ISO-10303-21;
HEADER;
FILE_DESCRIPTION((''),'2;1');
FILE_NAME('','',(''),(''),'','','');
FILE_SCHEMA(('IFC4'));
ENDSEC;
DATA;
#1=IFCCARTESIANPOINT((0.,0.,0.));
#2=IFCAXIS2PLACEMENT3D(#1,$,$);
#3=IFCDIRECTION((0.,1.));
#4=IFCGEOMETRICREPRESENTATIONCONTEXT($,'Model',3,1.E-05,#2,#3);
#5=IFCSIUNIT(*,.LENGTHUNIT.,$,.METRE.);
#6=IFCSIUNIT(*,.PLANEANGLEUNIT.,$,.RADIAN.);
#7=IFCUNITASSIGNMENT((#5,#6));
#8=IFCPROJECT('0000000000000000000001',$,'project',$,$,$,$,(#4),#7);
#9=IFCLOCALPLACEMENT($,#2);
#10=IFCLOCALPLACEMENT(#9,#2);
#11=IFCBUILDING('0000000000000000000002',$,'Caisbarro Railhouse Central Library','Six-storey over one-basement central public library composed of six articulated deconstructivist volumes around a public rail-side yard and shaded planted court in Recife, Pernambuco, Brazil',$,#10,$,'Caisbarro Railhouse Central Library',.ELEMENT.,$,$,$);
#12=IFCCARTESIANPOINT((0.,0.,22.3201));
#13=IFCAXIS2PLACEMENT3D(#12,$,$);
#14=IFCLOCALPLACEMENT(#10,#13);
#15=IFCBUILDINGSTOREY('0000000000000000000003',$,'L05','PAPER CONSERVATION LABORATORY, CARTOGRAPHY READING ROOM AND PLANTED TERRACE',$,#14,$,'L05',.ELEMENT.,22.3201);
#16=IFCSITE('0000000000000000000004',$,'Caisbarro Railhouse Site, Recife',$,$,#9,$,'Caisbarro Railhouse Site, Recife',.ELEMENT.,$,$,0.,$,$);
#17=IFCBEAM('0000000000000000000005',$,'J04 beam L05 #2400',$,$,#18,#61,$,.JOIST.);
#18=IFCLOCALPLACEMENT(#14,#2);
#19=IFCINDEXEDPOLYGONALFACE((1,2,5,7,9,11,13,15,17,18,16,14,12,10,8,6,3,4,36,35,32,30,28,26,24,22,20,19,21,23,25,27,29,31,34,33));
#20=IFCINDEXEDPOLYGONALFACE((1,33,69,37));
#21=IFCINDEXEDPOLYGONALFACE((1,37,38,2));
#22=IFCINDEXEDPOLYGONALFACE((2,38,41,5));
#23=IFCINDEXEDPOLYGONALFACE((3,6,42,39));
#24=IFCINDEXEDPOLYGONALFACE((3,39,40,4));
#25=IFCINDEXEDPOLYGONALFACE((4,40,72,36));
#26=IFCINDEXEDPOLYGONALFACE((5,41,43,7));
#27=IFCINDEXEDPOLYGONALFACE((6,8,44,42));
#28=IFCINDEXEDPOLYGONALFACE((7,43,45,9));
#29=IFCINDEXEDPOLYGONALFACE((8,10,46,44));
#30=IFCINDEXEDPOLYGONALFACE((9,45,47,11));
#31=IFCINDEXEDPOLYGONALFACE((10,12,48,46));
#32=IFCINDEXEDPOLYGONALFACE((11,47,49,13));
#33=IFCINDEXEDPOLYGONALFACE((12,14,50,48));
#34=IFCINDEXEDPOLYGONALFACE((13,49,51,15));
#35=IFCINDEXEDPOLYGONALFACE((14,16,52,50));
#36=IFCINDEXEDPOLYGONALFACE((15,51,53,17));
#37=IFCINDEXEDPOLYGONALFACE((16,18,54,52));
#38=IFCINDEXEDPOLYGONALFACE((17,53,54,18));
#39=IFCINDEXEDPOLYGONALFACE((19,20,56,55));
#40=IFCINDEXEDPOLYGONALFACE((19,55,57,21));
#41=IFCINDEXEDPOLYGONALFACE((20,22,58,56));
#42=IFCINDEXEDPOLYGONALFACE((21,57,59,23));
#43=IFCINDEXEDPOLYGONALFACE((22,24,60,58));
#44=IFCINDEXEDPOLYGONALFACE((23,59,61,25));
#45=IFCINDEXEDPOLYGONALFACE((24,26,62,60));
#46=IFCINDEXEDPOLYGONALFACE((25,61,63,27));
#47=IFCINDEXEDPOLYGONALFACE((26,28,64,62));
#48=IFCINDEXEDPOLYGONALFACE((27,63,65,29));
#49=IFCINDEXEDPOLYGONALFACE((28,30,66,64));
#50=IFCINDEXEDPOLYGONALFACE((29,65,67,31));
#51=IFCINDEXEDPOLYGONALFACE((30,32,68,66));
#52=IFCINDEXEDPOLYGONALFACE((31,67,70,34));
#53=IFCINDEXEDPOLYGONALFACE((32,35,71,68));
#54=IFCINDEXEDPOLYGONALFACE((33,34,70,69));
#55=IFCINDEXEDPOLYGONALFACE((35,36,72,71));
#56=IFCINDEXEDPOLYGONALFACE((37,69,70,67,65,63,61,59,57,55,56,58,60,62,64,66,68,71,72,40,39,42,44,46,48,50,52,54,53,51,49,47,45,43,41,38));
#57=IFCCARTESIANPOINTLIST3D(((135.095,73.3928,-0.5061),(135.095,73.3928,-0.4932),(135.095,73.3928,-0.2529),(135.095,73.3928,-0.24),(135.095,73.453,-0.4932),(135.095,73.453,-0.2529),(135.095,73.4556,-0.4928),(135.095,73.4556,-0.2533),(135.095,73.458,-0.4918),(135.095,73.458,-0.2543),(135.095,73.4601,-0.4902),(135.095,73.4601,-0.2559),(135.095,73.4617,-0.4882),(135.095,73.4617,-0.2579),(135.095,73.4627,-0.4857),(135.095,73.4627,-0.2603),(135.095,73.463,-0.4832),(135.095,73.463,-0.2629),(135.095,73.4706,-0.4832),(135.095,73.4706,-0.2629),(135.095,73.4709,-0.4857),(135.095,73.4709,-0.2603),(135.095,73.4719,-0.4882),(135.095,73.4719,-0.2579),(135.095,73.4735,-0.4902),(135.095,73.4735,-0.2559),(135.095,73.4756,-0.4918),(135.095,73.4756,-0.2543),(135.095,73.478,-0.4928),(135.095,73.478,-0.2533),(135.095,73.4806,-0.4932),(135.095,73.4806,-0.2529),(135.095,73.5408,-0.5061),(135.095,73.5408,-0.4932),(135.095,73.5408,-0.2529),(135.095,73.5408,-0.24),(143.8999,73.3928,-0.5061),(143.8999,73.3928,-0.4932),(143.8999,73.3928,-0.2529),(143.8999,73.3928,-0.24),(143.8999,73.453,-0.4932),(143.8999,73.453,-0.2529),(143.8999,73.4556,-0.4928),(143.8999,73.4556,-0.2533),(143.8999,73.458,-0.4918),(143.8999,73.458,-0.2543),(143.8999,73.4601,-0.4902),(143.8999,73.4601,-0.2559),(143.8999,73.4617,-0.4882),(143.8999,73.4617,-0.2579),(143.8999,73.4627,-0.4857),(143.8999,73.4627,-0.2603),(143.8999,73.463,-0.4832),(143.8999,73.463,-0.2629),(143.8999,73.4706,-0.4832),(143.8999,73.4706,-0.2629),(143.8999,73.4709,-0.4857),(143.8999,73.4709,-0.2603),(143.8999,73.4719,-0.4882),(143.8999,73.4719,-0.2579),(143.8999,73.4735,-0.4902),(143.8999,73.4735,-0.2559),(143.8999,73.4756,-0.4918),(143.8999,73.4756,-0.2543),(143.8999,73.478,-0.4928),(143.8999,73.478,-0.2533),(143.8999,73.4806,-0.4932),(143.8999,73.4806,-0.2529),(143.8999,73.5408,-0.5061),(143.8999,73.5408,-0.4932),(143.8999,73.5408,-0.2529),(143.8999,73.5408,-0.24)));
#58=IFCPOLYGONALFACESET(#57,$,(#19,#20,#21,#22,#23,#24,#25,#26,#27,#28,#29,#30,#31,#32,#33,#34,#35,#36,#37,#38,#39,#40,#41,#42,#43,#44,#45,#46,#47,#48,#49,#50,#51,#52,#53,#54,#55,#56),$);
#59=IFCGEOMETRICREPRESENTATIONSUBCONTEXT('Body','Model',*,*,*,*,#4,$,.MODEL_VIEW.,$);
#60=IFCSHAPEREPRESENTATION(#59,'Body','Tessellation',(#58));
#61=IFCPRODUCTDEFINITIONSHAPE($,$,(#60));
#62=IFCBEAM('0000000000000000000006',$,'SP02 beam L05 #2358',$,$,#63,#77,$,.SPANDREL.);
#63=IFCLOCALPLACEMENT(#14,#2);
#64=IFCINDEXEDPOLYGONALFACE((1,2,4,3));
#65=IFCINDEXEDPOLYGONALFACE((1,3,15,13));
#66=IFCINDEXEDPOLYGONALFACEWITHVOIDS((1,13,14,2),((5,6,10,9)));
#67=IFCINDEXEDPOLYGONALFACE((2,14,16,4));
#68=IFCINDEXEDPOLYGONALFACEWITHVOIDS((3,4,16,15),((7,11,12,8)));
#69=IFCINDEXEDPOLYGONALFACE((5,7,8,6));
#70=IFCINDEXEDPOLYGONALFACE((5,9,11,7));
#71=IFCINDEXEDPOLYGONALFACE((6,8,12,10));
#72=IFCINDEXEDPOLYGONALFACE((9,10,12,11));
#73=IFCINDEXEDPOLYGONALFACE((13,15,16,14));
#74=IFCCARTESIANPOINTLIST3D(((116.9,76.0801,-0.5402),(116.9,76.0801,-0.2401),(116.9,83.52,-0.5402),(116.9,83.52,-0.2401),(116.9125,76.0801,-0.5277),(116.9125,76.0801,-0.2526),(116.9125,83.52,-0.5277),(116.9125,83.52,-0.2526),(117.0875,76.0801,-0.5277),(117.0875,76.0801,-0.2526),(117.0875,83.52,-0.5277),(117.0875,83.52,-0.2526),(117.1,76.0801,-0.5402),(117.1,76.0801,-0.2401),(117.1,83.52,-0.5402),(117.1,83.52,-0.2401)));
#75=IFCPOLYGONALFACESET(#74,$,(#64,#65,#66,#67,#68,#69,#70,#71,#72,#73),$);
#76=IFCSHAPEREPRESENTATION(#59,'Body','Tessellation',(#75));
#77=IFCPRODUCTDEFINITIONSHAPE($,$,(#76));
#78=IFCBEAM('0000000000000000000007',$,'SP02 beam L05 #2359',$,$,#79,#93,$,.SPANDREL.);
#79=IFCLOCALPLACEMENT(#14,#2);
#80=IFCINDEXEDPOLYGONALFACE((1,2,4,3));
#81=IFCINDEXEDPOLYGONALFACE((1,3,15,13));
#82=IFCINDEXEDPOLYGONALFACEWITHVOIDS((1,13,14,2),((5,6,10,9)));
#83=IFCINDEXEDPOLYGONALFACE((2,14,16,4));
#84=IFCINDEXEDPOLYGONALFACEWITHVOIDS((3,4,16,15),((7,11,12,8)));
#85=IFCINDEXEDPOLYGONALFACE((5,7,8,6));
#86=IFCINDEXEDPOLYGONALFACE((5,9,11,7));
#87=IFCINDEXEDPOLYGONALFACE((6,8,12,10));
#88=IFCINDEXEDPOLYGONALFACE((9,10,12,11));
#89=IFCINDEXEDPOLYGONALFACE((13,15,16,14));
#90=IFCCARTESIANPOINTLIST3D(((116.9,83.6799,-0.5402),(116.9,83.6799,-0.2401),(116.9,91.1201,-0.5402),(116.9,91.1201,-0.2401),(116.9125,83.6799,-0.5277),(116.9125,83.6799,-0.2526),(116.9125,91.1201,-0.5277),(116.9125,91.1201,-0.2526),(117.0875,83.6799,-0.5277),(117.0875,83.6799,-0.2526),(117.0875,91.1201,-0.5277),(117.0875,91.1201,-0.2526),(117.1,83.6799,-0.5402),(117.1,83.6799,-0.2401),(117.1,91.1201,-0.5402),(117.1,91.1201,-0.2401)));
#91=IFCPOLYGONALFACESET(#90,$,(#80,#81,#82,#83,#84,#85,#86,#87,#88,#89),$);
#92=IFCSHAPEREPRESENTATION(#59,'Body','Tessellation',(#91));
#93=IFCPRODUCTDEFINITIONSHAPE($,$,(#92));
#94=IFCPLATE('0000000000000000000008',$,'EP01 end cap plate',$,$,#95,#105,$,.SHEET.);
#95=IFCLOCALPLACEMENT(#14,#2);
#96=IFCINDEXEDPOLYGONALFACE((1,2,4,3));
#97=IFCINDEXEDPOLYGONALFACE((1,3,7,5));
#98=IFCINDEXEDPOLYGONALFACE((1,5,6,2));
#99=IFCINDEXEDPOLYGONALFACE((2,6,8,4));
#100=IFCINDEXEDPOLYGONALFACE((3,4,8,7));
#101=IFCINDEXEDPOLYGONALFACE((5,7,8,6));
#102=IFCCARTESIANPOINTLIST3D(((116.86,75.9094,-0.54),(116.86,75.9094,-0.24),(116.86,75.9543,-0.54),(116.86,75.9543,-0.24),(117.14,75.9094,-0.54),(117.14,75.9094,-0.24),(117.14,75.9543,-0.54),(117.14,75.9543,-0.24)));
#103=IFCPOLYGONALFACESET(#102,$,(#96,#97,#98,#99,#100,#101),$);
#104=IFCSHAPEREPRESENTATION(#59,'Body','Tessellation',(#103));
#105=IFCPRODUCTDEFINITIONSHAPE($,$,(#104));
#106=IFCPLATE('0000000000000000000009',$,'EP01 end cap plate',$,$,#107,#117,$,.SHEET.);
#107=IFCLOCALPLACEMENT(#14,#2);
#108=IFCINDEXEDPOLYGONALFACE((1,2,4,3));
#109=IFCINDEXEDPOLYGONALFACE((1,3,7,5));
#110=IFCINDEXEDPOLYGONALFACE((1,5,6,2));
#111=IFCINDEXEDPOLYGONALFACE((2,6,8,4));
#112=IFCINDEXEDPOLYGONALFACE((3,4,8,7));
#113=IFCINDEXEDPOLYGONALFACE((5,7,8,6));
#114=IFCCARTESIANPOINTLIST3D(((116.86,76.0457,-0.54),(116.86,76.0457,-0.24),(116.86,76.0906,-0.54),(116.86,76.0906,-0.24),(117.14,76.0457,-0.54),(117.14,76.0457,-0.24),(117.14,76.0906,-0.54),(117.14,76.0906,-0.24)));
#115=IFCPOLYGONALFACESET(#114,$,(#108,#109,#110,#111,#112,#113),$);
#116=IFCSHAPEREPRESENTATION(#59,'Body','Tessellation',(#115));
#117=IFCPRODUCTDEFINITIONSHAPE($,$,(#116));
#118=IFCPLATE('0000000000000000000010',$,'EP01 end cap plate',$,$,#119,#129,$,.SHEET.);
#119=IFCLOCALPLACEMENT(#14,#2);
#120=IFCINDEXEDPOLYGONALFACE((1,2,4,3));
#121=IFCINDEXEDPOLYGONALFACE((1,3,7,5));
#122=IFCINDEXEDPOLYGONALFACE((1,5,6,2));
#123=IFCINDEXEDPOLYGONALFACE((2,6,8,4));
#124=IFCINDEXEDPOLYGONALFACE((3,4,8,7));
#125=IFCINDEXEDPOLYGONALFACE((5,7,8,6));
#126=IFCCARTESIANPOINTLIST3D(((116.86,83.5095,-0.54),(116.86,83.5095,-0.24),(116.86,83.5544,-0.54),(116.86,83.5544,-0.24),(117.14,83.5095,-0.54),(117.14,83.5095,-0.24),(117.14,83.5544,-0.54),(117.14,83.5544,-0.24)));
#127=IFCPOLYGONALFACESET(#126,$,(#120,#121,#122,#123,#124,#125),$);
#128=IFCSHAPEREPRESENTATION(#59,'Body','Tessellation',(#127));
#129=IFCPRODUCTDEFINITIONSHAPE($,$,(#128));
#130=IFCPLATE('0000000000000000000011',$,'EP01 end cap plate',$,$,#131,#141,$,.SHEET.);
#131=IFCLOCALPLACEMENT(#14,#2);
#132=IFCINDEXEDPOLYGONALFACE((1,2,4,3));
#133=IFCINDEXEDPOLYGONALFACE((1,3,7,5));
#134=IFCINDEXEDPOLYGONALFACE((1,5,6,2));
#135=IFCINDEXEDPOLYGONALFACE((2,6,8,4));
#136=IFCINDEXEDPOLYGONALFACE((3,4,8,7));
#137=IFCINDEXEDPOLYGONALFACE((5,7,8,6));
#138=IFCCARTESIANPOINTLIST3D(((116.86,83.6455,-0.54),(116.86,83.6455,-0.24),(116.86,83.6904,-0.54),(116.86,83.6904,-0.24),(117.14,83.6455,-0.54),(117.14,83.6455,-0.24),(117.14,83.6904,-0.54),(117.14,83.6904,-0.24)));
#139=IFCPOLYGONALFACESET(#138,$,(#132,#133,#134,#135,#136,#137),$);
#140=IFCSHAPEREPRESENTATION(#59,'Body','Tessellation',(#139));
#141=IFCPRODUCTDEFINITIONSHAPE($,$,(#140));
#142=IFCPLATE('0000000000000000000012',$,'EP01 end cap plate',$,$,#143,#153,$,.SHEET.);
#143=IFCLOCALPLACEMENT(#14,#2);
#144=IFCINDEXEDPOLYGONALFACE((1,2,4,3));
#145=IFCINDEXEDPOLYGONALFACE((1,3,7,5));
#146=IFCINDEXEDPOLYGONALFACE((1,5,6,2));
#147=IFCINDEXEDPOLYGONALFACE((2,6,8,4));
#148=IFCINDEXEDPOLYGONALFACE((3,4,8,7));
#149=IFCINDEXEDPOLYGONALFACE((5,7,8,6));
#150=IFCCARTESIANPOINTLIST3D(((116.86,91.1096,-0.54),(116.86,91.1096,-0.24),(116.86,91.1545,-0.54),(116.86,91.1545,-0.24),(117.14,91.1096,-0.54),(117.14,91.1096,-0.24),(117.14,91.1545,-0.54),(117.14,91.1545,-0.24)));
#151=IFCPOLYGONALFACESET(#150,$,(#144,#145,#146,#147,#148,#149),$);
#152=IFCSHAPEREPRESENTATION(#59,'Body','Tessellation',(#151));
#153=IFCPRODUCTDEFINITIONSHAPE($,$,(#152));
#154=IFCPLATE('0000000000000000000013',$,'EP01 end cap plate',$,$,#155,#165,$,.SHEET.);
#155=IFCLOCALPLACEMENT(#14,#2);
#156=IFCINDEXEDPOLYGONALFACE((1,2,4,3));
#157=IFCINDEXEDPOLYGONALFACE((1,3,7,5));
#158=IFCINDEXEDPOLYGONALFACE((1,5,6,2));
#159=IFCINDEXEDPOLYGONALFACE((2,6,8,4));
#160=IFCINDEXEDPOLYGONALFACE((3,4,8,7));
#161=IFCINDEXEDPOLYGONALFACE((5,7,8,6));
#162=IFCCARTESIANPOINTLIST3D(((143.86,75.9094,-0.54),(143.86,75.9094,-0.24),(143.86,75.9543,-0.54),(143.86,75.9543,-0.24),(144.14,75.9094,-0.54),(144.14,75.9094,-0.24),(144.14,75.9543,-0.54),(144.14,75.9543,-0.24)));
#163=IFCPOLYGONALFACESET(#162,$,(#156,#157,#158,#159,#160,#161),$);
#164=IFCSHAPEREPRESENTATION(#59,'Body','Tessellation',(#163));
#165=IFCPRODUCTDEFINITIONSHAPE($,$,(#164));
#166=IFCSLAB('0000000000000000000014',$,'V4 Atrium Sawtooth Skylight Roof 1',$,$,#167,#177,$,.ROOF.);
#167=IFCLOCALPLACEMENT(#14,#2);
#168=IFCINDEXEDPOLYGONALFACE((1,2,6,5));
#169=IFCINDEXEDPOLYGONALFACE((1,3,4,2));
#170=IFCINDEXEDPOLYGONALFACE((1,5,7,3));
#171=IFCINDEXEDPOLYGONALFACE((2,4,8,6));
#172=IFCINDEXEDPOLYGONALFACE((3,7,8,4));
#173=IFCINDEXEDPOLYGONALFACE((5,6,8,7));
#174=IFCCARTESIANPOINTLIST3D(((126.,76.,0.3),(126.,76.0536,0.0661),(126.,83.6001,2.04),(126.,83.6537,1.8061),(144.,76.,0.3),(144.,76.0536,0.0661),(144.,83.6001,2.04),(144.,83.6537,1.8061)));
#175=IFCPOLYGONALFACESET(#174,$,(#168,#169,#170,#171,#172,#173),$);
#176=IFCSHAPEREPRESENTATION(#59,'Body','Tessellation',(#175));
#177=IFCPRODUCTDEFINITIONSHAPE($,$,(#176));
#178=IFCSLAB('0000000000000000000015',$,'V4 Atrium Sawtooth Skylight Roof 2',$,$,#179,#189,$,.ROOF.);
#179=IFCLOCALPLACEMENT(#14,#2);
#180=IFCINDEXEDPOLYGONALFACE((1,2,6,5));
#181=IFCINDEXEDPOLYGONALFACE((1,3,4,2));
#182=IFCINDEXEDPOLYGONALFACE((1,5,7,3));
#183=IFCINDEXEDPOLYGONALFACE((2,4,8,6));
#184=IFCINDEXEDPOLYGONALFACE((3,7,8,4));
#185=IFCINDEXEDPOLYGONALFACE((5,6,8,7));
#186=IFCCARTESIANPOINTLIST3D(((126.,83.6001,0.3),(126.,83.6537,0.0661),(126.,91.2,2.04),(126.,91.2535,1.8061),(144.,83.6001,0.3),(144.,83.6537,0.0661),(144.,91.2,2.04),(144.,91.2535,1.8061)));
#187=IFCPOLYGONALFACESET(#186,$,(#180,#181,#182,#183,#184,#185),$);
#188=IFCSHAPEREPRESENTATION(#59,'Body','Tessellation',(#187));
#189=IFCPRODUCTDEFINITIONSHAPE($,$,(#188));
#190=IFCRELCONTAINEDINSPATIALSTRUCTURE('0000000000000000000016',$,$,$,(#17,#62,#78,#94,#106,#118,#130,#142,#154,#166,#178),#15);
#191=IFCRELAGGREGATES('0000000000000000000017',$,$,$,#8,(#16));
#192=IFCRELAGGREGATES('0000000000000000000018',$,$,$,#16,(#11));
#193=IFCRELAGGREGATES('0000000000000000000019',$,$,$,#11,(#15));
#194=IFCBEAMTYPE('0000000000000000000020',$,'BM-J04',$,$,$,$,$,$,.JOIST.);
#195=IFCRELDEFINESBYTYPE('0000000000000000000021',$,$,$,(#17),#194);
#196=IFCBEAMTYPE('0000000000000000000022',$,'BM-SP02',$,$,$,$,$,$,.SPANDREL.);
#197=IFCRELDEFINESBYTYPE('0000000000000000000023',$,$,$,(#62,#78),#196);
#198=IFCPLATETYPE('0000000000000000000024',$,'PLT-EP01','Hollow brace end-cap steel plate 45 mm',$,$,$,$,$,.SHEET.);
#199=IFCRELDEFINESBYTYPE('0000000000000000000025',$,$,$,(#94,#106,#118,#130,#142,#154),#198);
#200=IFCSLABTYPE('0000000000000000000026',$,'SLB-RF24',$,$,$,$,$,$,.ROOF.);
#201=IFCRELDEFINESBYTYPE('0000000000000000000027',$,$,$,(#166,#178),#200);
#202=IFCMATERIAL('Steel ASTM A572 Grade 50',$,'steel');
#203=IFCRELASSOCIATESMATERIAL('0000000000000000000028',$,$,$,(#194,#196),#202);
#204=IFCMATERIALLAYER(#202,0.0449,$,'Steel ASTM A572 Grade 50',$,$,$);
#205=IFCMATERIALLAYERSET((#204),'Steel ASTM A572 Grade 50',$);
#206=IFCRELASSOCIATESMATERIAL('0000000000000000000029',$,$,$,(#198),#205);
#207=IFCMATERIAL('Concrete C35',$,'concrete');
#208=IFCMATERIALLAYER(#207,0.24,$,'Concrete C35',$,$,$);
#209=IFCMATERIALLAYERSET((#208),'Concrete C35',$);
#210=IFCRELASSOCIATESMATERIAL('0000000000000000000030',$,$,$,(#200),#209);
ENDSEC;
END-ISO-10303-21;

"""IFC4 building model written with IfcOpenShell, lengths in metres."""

from ifc_helpers import new_model, si_unit, direction, frame, origin, origin_2d, place, context, subcontext, project, spatial, polyline, rectangle, hollow_rectangle, i_section, outline, extrude, material, layer, layer_set, material_profile, profile_set, type_object, element, save


model = new_model("IFC4")

# Units and contexts
model_context = context("Model", 3, precision=1e-05, world=origin(), true_north=direction((0.0, 1.0)))
body_context = subcontext(model_context, "Body", "Model", "MODEL_VIEW")
ifc_project = project(units=[si_unit("LENGTHUNIT", "METRE"), si_unit("PLANEANGLEUNIT", "RADIAN")], contexts=[model_context])

# Site, building, storey
site_placement = place(None, origin())
site = spatial("IfcSite", under=ifc_project, at=site_placement, Name="Caisbarro Railhouse Site, Recife", LongName="Caisbarro Railhouse Site, Recife", CompositionType="ELEMENT", RefElevation=0.0)
building_placement = place(site_placement, origin())
building = spatial("IfcBuilding", under=site, at=building_placement, Name="Caisbarro Railhouse Central Library", Description="Six-storey over one-basement central public library composed of six articulated deconstructivist volumes around a public rail-side yard and shaded planted court in Recife, Pernambuco, Brazil", LongName="Caisbarro Railhouse Central Library", CompositionType="ELEMENT")
storey_placement = place(building_placement, frame((0.0, 0.0, 22.3201)))
storey = spatial("IfcBuildingStorey", under=building, at=storey_placement, Name="L05", Description="PAPER CONSERVATION LABORATORY, CARTOGRAPHY READING ROOM AND PLANTED TERRACE", LongName="L05", CompositionType="ELEMENT", Elevation=22.3201)

# Beams
ifc_material_1 = material(Name="Steel ASTM A572 Grade 50", Category="steel")
ifc_material_profile_1 = material_profile(ifc_material_1, i_section(OverallWidth=0.1479, OverallDepth=0.2661, WebThickness=0.0076, FlangeThickness=0.0129, FilletRadius=0.01, at=origin_2d()), Name="W250X44.8")
ifc_profile_set_1 = profile_set([ifc_material_profile_1], Name="Steel ASTM A572 Grade 50")
beam_type_1 = type_object("IfcBeamType", Name="BM-J04", PredefinedType="JOIST", material=ifc_profile_set_1)
for number, where, z_axis, x_axis, name in (
    (1, (135.095, 73.4668, -0.373), (1.0, 0.0, 0.0), (0.0, 1.0, 0.0), "J04 beam L05 #2400"),
):
    element("IfcBeam", number, at=place(storey_placement, frame(where, z_axis=z_axis, x_axis=x_axis)), inside=storey, type_object=beam_type_1, Name=name, PredefinedType="JOIST", context=body_context, shape_type="SweptSolid", body=[
        extrude(i_section(OverallWidth=0.1479, OverallDepth=0.2661, WebThickness=0.0076, FlangeThickness=0.0129, FilletRadius=0.01, at=origin_2d()), origin(), (0.0, 0.0, 1.0), 8.8049),
    ])
ifc_material_profile_2 = material_profile(ifc_material_1, hollow_rectangle(XDim=0.2, YDim=0.3, WallThickness=0.0125, at=origin_2d()), Name="HSS300X200X12.5")
ifc_profile_set_2 = profile_set([ifc_material_profile_2], Name="Steel ASTM A572 Grade 50")
beam_type_2 = type_object("IfcBeamType", Name="BM-SP02", PredefinedType="SPANDREL", material=ifc_profile_set_2)
beam_1_placement = place(storey_placement, frame((117.0, 76.0801, -0.3901), z_axis=(0.0, 1.0, 0.0), x_axis=(-1.0, 0.0, 0.0)))
element("IfcBeam", 2, at=beam_1_placement, inside=storey, type_object=beam_type_2, Name="SP02 beam L05 #2358", PredefinedType="SPANDREL", context=body_context, shape_type="SweptSolid", body=[
    extrude(hollow_rectangle(XDim=0.2, YDim=0.3, WallThickness=0.0125, at=origin_2d()), origin(), (0.0, 0.0, 1.0), 7.4399),
])
beam_2_placement = place(storey_placement, frame((117.0, 83.6799, -0.3901), z_axis=(0.0, 1.0, 0.0), x_axis=(-1.0, 0.0, 0.0)))
element("IfcBeam", 3, at=beam_2_placement, inside=storey, type_object=beam_type_2, Name="SP02 beam L05 #2359", PredefinedType="SPANDREL", context=body_context, shape_type="SweptSolid", body=[
    extrude(hollow_rectangle(XDim=0.2, YDim=0.3, WallThickness=0.0125, at=origin_2d()), origin(), (0.0, 0.0, 1.0), 7.4402),
])

# Plates
ifc_layer_1 = layer(ifc_material_1, 0.0449, Name="Steel ASTM A572 Grade 50")
ifc_layer_set_1 = layer_set([ifc_layer_1], Name="Steel ASTM A572 Grade 50")
plate_type = type_object("IfcPlateType", Name="PLT-EP01", Description="Hollow brace end-cap steel plate 45 mm", PredefinedType="SHEET", material=ifc_layer_set_1)
for number, where, z_axis, x_axis, name in (
    (4, (117.0, 75.9319, -0.54), (0.0, 0.0, 1.0), (0.0, 1.0, 0.0), "EP01 end cap plate"),
    (5, (117.0, 76.0681, -0.54), (0.0, 0.0, 1.0), (0.0, 1.0, 0.0), "EP01 end cap plate"),
    (6, (117.0, 83.532, -0.54), (0.0, 0.0, 1.0), (0.0, 1.0, 0.0), "EP01 end cap plate"),
    (7, (117.0, 83.668, -0.54), (0.0, 0.0, 1.0), (0.0, 1.0, 0.0), "EP01 end cap plate"),
    (8, (117.0, 91.1321, -0.54), (0.0, 0.0, 1.0), (0.0, 1.0, 0.0), "EP01 end cap plate"),
    (9, (144.0, 75.9319, -0.54), (0.0, 0.0, 1.0), (0.0, 1.0, 0.0), "EP01 end cap plate"),
):
    element("IfcPlate", number, at=place(storey_placement, frame(where, z_axis=z_axis, x_axis=x_axis)), inside=storey, type_object=plate_type, Name=name, PredefinedType="SHEET", context=body_context, shape_type="SweptSolid", body=[
        extrude(rectangle(XDim=0.0449, YDim=0.28, at=origin_2d()), origin(), (0.0, 0.0, 1.0), 0.3),
    ])

# Slabs
ifc_material_2 = material(Name="Concrete C35", Category="concrete")
ifc_layer_2 = layer(ifc_material_2, 0.24, Name="Concrete C35")
ifc_layer_set_2 = layer_set([ifc_layer_2], Name="Concrete C35")
slab_type = type_object("IfcSlabType", Name="SLB-RF24", PredefinedType="ROOF", material=ifc_layer_set_2)
slab_1_placement = place(storey_placement, frame((126.0, 76.0, 0.3), z_axis=(0.0, -0.223169, 0.97478), x_axis=(1.0, 0.0, 0.0)))
element("IfcSlab", 10, at=slab_1_placement, inside=storey, type_object=slab_type, Name="V4 Atrium Sawtooth Skylight Roof 1", PredefinedType="ROOF", context=body_context, shape_type="SweptSolid", body=[
    extrude(outline(polyline([(0.0, 0.0), (18.0, 0.0), (18.0, 7.7967), (0.0, 7.7967), (0.0, 0.0)])), origin(), (0.0, 0.0, -1.0), 0.24),
])
slab_2_placement = place(storey_placement, frame((126.0, 83.6001, 0.3), z_axis=(0.0, -0.223176, 0.974778), x_axis=(1.0, 0.0, 0.0)))
element("IfcSlab", 11, at=slab_2_placement, inside=storey, type_object=slab_type, Name="V4 Atrium Sawtooth Skylight Roof 2", PredefinedType="ROOF", context=body_context, shape_type="SweptSolid", body=[
    extrude(outline(polyline([(0.0, 0.0), (18.0, 0.0), (18.0, 7.7965), (0.0, 7.7965), (0.0, 0.0)])), origin(), (0.0, 0.0, -1.0), 0.24),
])

save(model, "model.ifc")
